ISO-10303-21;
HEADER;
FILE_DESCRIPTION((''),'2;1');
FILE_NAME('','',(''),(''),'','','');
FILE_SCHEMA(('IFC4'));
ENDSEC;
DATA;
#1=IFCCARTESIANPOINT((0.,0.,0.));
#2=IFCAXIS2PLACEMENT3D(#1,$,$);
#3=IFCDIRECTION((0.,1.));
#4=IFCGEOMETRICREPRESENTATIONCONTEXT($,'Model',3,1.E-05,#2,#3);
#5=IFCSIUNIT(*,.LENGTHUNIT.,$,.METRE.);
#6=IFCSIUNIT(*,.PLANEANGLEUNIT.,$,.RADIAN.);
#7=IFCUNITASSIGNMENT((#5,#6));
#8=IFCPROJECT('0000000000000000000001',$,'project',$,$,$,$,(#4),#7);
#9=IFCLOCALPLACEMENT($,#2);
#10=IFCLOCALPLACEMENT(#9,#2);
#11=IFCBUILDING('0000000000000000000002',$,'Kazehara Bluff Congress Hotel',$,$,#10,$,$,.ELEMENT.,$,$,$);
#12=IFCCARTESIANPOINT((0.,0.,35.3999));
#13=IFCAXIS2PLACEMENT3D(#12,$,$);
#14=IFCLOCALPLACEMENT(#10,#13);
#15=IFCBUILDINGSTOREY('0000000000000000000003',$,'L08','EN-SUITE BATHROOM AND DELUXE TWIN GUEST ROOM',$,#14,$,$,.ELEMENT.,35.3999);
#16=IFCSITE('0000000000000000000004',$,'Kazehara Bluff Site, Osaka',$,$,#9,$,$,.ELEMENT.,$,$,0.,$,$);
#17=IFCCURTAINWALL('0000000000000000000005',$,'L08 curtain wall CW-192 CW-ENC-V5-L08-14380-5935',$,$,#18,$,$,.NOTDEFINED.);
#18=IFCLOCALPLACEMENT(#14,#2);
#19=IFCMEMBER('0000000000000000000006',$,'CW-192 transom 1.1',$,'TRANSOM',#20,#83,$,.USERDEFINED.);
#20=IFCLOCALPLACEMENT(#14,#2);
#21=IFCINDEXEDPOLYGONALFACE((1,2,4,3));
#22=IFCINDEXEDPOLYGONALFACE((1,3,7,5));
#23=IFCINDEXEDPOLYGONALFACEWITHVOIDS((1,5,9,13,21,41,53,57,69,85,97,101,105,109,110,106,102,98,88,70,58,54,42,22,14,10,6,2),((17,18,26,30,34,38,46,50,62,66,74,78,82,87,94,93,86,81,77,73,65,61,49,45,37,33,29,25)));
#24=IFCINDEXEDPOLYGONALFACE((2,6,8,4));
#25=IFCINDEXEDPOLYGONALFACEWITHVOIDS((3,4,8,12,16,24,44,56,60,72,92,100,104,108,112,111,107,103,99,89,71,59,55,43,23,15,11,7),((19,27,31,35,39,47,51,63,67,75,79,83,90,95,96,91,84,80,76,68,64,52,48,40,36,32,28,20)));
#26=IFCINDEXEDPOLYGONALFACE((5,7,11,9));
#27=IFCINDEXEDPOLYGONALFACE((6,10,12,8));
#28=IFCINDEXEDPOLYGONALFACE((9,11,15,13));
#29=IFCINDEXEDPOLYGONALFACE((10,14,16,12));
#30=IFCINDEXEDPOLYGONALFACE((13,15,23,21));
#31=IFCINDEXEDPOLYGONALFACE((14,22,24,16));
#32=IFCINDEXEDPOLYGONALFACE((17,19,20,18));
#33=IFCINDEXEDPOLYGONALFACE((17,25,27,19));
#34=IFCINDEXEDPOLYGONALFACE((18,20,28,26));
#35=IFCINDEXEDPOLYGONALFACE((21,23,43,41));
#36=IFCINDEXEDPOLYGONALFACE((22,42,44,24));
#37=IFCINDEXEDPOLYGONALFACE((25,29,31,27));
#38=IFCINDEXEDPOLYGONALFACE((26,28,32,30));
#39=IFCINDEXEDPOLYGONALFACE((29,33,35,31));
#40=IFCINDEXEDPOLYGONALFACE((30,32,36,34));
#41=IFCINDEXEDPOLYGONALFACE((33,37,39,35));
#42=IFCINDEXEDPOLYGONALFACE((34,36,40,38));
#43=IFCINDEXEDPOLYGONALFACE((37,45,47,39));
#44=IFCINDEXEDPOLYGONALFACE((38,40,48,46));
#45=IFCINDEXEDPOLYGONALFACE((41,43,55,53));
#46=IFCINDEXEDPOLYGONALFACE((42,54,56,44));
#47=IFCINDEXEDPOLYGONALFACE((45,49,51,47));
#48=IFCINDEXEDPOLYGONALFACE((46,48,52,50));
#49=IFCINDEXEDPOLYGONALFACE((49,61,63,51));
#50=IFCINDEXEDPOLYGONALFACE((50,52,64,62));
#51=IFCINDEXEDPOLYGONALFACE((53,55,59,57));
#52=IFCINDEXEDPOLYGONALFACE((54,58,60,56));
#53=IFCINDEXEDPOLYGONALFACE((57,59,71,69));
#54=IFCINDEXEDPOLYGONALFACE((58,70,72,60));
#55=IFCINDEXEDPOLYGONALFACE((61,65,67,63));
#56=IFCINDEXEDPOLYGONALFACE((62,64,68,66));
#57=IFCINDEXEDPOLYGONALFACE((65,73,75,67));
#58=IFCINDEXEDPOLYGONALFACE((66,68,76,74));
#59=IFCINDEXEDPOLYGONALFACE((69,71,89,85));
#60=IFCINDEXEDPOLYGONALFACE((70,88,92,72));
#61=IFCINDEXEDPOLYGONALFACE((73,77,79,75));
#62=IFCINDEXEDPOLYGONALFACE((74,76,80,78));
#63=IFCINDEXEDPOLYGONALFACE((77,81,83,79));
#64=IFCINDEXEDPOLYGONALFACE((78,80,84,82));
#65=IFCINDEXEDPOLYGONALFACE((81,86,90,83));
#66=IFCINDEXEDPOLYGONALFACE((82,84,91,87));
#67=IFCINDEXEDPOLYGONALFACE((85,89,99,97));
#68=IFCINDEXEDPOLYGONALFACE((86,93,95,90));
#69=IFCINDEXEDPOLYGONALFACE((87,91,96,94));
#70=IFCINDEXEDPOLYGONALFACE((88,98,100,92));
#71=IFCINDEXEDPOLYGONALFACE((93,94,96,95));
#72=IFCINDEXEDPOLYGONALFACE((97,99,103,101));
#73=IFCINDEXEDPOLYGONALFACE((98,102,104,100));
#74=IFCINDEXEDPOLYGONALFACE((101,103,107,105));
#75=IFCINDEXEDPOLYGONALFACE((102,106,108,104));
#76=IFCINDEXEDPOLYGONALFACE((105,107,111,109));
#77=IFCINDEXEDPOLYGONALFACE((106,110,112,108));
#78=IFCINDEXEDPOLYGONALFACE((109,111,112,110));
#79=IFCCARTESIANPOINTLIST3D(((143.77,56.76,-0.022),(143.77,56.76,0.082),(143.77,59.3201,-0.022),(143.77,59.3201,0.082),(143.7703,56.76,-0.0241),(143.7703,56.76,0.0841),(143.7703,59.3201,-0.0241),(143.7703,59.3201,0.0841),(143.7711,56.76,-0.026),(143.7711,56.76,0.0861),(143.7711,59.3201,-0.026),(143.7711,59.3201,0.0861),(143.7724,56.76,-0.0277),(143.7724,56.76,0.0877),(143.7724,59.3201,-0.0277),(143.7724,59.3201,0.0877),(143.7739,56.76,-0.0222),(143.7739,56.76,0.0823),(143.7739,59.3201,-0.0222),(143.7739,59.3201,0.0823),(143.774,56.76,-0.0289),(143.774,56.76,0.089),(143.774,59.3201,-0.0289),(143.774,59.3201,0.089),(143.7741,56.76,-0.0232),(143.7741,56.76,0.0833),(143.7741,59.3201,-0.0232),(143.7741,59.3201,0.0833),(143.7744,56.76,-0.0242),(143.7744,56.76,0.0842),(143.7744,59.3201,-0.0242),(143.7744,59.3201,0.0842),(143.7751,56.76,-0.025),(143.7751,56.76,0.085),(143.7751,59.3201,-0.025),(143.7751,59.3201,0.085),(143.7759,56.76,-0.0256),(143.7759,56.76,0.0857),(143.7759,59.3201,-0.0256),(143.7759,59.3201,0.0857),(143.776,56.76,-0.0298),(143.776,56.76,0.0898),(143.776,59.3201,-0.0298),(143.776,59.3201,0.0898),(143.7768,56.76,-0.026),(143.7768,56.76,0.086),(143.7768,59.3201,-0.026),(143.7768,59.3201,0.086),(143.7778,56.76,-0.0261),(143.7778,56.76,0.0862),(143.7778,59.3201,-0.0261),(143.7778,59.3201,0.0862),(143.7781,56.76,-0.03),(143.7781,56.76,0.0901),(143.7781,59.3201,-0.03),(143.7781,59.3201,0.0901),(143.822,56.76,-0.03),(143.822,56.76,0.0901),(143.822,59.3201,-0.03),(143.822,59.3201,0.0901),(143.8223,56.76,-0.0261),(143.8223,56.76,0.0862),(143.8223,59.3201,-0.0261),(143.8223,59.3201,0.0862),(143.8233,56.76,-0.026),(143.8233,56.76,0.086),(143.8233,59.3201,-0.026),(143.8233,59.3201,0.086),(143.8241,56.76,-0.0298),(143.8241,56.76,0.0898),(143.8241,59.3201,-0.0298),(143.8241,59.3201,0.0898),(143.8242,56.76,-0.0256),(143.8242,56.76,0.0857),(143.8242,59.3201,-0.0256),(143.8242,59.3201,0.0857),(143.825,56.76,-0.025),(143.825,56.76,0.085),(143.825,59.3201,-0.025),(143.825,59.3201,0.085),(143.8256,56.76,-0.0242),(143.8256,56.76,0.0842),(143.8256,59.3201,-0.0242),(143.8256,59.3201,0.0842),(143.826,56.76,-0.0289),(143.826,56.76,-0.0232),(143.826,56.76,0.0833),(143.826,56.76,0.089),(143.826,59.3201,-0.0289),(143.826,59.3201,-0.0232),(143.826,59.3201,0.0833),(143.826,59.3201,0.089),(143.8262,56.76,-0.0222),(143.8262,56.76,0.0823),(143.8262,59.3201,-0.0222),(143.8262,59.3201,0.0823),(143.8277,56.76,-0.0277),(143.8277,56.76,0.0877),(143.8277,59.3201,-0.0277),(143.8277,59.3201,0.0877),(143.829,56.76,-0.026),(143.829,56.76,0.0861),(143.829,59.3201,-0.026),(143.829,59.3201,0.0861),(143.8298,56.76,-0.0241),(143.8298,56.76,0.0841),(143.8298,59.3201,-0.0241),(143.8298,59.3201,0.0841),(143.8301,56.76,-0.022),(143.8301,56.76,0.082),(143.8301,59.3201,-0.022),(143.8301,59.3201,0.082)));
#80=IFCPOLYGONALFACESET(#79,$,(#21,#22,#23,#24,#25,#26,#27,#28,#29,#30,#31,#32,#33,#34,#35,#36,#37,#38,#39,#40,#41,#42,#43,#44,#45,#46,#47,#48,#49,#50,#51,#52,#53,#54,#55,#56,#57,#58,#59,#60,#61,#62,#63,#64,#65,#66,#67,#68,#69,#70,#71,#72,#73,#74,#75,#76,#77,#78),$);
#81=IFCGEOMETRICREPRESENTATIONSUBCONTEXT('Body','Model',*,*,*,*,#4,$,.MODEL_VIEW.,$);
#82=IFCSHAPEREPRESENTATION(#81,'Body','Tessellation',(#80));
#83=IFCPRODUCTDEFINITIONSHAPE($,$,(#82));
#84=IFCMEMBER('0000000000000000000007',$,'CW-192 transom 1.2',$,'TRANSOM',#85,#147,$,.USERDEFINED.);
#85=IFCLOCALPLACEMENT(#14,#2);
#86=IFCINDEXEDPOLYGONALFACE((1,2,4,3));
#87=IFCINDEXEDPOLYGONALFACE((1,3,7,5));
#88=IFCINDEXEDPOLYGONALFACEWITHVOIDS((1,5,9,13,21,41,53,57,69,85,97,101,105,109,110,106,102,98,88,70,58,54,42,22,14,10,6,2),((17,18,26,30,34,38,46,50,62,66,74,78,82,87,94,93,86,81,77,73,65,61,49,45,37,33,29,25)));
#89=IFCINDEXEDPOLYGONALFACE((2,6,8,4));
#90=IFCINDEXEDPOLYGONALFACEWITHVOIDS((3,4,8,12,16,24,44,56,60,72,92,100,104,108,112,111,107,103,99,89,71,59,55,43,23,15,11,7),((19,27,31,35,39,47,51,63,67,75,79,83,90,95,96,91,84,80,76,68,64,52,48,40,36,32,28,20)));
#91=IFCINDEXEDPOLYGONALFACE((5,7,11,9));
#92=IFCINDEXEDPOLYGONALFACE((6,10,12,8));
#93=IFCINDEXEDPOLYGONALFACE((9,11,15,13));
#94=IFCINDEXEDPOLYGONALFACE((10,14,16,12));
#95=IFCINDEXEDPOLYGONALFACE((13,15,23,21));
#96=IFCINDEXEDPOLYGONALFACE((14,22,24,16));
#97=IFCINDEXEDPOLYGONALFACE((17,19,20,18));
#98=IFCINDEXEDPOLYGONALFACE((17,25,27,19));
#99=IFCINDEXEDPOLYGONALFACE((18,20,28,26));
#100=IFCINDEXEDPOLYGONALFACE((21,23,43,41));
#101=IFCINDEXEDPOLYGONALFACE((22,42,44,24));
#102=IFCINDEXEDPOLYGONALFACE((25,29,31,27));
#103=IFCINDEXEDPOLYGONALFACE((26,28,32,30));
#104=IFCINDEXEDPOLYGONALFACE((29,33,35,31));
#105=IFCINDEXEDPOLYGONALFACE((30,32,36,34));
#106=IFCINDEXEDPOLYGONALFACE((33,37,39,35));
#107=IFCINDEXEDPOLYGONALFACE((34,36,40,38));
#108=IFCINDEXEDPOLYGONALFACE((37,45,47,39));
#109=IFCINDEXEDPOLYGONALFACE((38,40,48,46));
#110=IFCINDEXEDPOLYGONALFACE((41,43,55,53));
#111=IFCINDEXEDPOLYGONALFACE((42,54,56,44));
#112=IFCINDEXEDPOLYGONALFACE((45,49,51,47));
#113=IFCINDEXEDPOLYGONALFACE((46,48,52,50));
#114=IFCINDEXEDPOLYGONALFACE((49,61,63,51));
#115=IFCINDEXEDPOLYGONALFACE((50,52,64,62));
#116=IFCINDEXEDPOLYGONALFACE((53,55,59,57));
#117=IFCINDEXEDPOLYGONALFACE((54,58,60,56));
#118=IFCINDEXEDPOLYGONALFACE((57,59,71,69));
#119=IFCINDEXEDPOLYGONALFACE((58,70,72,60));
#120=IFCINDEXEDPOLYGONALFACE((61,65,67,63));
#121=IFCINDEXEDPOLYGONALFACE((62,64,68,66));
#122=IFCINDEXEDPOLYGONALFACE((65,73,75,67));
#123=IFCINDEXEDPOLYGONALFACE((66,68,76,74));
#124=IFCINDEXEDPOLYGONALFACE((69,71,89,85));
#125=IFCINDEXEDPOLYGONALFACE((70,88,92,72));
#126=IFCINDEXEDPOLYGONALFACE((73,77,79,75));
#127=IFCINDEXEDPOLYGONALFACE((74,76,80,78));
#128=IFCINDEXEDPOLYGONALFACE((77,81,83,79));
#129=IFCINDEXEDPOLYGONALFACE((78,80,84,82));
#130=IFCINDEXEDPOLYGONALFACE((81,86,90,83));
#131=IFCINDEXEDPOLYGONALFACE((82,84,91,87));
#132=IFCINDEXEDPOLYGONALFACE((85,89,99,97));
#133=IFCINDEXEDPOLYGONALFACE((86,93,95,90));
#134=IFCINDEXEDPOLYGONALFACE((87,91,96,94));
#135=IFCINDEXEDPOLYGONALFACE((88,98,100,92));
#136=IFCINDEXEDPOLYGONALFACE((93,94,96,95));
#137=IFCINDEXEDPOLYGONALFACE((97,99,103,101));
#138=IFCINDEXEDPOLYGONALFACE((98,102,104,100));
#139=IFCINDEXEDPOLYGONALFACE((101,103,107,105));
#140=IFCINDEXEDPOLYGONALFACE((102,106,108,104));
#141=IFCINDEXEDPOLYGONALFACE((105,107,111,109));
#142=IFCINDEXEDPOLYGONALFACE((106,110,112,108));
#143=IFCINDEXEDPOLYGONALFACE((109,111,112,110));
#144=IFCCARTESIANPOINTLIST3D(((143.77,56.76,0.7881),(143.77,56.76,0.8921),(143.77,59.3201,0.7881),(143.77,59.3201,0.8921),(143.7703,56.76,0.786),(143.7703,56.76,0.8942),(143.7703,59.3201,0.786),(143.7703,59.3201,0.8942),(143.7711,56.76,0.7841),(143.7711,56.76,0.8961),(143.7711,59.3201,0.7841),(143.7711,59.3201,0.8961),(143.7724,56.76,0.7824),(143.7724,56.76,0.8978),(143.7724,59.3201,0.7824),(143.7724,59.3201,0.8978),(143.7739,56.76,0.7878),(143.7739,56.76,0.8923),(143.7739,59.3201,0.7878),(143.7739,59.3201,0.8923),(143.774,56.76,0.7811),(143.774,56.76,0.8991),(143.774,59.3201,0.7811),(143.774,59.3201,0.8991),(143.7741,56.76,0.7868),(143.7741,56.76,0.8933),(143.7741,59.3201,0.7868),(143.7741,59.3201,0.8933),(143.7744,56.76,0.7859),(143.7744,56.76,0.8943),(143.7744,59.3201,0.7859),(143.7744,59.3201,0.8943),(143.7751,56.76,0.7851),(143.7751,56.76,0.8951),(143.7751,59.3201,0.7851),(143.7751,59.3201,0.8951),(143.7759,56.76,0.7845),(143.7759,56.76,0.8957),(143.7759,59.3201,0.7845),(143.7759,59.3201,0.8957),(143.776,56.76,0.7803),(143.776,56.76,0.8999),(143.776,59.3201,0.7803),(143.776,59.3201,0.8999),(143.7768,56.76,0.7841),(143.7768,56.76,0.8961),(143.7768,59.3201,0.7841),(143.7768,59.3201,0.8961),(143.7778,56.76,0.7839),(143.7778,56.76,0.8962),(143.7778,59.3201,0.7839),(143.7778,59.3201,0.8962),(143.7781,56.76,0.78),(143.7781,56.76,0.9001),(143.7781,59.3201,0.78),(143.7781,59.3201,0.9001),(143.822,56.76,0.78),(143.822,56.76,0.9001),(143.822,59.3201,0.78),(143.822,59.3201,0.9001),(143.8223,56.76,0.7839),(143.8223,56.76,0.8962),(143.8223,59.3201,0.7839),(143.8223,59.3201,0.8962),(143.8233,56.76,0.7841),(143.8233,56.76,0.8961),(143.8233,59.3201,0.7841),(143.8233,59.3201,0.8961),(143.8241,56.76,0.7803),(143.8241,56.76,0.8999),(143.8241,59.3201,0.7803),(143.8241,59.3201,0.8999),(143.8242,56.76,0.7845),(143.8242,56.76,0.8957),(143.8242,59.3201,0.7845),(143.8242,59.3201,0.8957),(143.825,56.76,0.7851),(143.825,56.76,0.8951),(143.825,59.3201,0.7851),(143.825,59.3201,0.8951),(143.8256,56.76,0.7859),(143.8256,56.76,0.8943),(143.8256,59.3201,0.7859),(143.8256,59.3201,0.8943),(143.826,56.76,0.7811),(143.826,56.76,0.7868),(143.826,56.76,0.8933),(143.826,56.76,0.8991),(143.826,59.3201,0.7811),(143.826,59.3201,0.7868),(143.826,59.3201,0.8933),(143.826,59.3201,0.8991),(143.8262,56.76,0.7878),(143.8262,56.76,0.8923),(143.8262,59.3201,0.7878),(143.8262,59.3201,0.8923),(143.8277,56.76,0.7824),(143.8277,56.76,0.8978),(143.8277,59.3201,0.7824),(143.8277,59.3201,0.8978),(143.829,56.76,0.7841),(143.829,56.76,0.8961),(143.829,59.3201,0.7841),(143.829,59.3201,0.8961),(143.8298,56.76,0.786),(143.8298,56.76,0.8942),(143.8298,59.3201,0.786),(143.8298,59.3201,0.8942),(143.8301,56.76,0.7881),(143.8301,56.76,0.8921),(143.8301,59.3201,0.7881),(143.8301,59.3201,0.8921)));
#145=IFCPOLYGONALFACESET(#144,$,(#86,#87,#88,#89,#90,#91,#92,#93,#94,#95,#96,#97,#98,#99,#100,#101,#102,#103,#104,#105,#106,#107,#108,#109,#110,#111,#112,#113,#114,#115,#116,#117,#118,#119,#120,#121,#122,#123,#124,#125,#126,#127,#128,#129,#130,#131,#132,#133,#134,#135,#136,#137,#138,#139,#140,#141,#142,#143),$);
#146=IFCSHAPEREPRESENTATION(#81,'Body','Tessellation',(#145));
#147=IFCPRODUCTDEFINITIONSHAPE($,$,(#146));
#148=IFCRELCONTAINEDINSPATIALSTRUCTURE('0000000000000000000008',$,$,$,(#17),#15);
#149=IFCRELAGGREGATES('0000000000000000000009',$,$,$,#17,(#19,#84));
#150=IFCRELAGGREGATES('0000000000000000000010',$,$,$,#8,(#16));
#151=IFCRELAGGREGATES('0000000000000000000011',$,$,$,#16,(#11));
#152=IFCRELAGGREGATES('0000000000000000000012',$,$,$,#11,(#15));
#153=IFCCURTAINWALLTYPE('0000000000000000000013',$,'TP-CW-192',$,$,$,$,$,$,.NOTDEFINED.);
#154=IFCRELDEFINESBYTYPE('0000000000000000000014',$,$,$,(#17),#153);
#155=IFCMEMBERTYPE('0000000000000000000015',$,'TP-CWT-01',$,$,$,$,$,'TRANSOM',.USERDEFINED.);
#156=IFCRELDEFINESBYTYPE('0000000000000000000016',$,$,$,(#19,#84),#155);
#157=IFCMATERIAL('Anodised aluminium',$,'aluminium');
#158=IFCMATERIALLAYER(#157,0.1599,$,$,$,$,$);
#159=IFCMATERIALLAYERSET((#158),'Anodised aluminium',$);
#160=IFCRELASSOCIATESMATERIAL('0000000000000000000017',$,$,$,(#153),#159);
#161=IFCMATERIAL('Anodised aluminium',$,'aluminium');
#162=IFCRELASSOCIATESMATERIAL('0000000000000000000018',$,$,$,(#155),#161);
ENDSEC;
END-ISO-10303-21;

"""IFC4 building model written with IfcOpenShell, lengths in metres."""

from ifc_helpers import new_model, si_unit, direction, frame, origin, origin_2d, place, context, subcontext, project, spatial, hollow_rectangle, extrude, material, layer, layer_set, material_profile, profile_set, type_object, element, aggregate, save


model = new_model("IFC4")

# Units and contexts
model_context = context("Model", 3, precision=1e-05, world=origin(), true_north=direction((0.0, 1.0)))
body_context = subcontext(model_context, "Body", "Model", "MODEL_VIEW")
ifc_project = project(units=[si_unit("LENGTHUNIT", "METRE"), si_unit("PLANEANGLEUNIT", "RADIAN")], contexts=[model_context])

# Site, building, storey
site_placement = place(None, origin())
site = spatial("IfcSite", under=ifc_project, at=site_placement, Name="Kazehara Bluff Site, Osaka", CompositionType="ELEMENT", RefElevation=0.0)
building_placement = place(site_placement, origin())
building = spatial("IfcBuilding", under=site, at=building_placement, Name="Kazehara Bluff Congress Hotel", CompositionType="ELEMENT")
storey_placement = place(building_placement, frame((0.0, 0.0, 35.3999)))
storey = spatial("IfcBuildingStorey", under=building, at=storey_placement, Name="L08", Description="EN-SUITE BATHROOM AND DELUXE TWIN GUEST ROOM", CompositionType="ELEMENT", Elevation=35.3999)

# Curtain wall
ifc_material_1 = material(Name="Anodised aluminium", Category="aluminium")
ifc_layer_1 = layer(ifc_material_1, 0.1599)
ifc_layer_set_1 = layer_set([ifc_layer_1], Name="Anodised aluminium")
curtain_wall_type_1 = type_object("IfcCurtainWallType", Name="TP-CW-192", PredefinedType="NOTDEFINED", material=ifc_layer_set_1)
curtain_wall_1_placement = place(storey_placement, origin())
curtain_wall_1 = element("IfcCurtainWall", 1, at=curtain_wall_1_placement, inside=storey, type_object=curtain_wall_type_1, Name="L08 curtain wall CW-192 CW-ENC-V5-L08-14380-5935", PredefinedType="NOTDEFINED")

# Members
ifc_material_2 = material(Name="Anodised aluminium", Category="aluminium")
ifc_material_profile_1 = material_profile(ifc_material_2, hollow_rectangle(XDim=0.0601, YDim=0.1201, WallThickness=0.0039, InnerFilletRadius=0.0039, OuterFilletRadius=0.0081, at=origin_2d()))
ifc_profile_set_1 = profile_set([ifc_material_profile_1], Name="Anodised aluminium")
member_type_1 = type_object("IfcMemberType", Name="TP-CWT-01", ElementType="TRANSOM", PredefinedType="USERDEFINED", material=ifc_profile_set_1)
member_1_placement = place(storey_placement, frame((143.8, 56.76, 0.03), z_axis=(0.0, 1.0, 0.0), x_axis=(-1.0, 0.0, 0.0)))
member_1 = element("IfcMember", 2, at=member_1_placement, type_object=member_type_1, Name="CW-192 transom 1.1", ObjectType="TRANSOM", PredefinedType="USERDEFINED", context=body_context, shape_type="SweptSolid", body=[
    extrude(hollow_rectangle(XDim=0.0601, YDim=0.1201, WallThickness=0.0039, InnerFilletRadius=0.0039, OuterFilletRadius=0.0081, at=origin_2d()), origin(), (0.0, 0.0, 1.0), 2.5601),
])
member_2_placement = place(storey_placement, frame((143.8, 56.76, 0.8401), z_axis=(0.0, 1.0, 0.0), x_axis=(-1.0, 0.0, 0.0)))
member_2 = element("IfcMember", 3, at=member_2_placement, type_object=member_type_1, Name="CW-192 transom 1.2", ObjectType="TRANSOM", PredefinedType="USERDEFINED", context=body_context, shape_type="SweptSolid", body=[
    extrude(hollow_rectangle(XDim=0.0601, YDim=0.1201, WallThickness=0.0039, InnerFilletRadius=0.0039, OuterFilletRadius=0.0081, at=origin_2d()), origin(), (0.0, 0.0, 1.0), 2.5601),
])

aggregate(curtain_wall_1, [member_1, member_2])

save(model, "model.ifc")
